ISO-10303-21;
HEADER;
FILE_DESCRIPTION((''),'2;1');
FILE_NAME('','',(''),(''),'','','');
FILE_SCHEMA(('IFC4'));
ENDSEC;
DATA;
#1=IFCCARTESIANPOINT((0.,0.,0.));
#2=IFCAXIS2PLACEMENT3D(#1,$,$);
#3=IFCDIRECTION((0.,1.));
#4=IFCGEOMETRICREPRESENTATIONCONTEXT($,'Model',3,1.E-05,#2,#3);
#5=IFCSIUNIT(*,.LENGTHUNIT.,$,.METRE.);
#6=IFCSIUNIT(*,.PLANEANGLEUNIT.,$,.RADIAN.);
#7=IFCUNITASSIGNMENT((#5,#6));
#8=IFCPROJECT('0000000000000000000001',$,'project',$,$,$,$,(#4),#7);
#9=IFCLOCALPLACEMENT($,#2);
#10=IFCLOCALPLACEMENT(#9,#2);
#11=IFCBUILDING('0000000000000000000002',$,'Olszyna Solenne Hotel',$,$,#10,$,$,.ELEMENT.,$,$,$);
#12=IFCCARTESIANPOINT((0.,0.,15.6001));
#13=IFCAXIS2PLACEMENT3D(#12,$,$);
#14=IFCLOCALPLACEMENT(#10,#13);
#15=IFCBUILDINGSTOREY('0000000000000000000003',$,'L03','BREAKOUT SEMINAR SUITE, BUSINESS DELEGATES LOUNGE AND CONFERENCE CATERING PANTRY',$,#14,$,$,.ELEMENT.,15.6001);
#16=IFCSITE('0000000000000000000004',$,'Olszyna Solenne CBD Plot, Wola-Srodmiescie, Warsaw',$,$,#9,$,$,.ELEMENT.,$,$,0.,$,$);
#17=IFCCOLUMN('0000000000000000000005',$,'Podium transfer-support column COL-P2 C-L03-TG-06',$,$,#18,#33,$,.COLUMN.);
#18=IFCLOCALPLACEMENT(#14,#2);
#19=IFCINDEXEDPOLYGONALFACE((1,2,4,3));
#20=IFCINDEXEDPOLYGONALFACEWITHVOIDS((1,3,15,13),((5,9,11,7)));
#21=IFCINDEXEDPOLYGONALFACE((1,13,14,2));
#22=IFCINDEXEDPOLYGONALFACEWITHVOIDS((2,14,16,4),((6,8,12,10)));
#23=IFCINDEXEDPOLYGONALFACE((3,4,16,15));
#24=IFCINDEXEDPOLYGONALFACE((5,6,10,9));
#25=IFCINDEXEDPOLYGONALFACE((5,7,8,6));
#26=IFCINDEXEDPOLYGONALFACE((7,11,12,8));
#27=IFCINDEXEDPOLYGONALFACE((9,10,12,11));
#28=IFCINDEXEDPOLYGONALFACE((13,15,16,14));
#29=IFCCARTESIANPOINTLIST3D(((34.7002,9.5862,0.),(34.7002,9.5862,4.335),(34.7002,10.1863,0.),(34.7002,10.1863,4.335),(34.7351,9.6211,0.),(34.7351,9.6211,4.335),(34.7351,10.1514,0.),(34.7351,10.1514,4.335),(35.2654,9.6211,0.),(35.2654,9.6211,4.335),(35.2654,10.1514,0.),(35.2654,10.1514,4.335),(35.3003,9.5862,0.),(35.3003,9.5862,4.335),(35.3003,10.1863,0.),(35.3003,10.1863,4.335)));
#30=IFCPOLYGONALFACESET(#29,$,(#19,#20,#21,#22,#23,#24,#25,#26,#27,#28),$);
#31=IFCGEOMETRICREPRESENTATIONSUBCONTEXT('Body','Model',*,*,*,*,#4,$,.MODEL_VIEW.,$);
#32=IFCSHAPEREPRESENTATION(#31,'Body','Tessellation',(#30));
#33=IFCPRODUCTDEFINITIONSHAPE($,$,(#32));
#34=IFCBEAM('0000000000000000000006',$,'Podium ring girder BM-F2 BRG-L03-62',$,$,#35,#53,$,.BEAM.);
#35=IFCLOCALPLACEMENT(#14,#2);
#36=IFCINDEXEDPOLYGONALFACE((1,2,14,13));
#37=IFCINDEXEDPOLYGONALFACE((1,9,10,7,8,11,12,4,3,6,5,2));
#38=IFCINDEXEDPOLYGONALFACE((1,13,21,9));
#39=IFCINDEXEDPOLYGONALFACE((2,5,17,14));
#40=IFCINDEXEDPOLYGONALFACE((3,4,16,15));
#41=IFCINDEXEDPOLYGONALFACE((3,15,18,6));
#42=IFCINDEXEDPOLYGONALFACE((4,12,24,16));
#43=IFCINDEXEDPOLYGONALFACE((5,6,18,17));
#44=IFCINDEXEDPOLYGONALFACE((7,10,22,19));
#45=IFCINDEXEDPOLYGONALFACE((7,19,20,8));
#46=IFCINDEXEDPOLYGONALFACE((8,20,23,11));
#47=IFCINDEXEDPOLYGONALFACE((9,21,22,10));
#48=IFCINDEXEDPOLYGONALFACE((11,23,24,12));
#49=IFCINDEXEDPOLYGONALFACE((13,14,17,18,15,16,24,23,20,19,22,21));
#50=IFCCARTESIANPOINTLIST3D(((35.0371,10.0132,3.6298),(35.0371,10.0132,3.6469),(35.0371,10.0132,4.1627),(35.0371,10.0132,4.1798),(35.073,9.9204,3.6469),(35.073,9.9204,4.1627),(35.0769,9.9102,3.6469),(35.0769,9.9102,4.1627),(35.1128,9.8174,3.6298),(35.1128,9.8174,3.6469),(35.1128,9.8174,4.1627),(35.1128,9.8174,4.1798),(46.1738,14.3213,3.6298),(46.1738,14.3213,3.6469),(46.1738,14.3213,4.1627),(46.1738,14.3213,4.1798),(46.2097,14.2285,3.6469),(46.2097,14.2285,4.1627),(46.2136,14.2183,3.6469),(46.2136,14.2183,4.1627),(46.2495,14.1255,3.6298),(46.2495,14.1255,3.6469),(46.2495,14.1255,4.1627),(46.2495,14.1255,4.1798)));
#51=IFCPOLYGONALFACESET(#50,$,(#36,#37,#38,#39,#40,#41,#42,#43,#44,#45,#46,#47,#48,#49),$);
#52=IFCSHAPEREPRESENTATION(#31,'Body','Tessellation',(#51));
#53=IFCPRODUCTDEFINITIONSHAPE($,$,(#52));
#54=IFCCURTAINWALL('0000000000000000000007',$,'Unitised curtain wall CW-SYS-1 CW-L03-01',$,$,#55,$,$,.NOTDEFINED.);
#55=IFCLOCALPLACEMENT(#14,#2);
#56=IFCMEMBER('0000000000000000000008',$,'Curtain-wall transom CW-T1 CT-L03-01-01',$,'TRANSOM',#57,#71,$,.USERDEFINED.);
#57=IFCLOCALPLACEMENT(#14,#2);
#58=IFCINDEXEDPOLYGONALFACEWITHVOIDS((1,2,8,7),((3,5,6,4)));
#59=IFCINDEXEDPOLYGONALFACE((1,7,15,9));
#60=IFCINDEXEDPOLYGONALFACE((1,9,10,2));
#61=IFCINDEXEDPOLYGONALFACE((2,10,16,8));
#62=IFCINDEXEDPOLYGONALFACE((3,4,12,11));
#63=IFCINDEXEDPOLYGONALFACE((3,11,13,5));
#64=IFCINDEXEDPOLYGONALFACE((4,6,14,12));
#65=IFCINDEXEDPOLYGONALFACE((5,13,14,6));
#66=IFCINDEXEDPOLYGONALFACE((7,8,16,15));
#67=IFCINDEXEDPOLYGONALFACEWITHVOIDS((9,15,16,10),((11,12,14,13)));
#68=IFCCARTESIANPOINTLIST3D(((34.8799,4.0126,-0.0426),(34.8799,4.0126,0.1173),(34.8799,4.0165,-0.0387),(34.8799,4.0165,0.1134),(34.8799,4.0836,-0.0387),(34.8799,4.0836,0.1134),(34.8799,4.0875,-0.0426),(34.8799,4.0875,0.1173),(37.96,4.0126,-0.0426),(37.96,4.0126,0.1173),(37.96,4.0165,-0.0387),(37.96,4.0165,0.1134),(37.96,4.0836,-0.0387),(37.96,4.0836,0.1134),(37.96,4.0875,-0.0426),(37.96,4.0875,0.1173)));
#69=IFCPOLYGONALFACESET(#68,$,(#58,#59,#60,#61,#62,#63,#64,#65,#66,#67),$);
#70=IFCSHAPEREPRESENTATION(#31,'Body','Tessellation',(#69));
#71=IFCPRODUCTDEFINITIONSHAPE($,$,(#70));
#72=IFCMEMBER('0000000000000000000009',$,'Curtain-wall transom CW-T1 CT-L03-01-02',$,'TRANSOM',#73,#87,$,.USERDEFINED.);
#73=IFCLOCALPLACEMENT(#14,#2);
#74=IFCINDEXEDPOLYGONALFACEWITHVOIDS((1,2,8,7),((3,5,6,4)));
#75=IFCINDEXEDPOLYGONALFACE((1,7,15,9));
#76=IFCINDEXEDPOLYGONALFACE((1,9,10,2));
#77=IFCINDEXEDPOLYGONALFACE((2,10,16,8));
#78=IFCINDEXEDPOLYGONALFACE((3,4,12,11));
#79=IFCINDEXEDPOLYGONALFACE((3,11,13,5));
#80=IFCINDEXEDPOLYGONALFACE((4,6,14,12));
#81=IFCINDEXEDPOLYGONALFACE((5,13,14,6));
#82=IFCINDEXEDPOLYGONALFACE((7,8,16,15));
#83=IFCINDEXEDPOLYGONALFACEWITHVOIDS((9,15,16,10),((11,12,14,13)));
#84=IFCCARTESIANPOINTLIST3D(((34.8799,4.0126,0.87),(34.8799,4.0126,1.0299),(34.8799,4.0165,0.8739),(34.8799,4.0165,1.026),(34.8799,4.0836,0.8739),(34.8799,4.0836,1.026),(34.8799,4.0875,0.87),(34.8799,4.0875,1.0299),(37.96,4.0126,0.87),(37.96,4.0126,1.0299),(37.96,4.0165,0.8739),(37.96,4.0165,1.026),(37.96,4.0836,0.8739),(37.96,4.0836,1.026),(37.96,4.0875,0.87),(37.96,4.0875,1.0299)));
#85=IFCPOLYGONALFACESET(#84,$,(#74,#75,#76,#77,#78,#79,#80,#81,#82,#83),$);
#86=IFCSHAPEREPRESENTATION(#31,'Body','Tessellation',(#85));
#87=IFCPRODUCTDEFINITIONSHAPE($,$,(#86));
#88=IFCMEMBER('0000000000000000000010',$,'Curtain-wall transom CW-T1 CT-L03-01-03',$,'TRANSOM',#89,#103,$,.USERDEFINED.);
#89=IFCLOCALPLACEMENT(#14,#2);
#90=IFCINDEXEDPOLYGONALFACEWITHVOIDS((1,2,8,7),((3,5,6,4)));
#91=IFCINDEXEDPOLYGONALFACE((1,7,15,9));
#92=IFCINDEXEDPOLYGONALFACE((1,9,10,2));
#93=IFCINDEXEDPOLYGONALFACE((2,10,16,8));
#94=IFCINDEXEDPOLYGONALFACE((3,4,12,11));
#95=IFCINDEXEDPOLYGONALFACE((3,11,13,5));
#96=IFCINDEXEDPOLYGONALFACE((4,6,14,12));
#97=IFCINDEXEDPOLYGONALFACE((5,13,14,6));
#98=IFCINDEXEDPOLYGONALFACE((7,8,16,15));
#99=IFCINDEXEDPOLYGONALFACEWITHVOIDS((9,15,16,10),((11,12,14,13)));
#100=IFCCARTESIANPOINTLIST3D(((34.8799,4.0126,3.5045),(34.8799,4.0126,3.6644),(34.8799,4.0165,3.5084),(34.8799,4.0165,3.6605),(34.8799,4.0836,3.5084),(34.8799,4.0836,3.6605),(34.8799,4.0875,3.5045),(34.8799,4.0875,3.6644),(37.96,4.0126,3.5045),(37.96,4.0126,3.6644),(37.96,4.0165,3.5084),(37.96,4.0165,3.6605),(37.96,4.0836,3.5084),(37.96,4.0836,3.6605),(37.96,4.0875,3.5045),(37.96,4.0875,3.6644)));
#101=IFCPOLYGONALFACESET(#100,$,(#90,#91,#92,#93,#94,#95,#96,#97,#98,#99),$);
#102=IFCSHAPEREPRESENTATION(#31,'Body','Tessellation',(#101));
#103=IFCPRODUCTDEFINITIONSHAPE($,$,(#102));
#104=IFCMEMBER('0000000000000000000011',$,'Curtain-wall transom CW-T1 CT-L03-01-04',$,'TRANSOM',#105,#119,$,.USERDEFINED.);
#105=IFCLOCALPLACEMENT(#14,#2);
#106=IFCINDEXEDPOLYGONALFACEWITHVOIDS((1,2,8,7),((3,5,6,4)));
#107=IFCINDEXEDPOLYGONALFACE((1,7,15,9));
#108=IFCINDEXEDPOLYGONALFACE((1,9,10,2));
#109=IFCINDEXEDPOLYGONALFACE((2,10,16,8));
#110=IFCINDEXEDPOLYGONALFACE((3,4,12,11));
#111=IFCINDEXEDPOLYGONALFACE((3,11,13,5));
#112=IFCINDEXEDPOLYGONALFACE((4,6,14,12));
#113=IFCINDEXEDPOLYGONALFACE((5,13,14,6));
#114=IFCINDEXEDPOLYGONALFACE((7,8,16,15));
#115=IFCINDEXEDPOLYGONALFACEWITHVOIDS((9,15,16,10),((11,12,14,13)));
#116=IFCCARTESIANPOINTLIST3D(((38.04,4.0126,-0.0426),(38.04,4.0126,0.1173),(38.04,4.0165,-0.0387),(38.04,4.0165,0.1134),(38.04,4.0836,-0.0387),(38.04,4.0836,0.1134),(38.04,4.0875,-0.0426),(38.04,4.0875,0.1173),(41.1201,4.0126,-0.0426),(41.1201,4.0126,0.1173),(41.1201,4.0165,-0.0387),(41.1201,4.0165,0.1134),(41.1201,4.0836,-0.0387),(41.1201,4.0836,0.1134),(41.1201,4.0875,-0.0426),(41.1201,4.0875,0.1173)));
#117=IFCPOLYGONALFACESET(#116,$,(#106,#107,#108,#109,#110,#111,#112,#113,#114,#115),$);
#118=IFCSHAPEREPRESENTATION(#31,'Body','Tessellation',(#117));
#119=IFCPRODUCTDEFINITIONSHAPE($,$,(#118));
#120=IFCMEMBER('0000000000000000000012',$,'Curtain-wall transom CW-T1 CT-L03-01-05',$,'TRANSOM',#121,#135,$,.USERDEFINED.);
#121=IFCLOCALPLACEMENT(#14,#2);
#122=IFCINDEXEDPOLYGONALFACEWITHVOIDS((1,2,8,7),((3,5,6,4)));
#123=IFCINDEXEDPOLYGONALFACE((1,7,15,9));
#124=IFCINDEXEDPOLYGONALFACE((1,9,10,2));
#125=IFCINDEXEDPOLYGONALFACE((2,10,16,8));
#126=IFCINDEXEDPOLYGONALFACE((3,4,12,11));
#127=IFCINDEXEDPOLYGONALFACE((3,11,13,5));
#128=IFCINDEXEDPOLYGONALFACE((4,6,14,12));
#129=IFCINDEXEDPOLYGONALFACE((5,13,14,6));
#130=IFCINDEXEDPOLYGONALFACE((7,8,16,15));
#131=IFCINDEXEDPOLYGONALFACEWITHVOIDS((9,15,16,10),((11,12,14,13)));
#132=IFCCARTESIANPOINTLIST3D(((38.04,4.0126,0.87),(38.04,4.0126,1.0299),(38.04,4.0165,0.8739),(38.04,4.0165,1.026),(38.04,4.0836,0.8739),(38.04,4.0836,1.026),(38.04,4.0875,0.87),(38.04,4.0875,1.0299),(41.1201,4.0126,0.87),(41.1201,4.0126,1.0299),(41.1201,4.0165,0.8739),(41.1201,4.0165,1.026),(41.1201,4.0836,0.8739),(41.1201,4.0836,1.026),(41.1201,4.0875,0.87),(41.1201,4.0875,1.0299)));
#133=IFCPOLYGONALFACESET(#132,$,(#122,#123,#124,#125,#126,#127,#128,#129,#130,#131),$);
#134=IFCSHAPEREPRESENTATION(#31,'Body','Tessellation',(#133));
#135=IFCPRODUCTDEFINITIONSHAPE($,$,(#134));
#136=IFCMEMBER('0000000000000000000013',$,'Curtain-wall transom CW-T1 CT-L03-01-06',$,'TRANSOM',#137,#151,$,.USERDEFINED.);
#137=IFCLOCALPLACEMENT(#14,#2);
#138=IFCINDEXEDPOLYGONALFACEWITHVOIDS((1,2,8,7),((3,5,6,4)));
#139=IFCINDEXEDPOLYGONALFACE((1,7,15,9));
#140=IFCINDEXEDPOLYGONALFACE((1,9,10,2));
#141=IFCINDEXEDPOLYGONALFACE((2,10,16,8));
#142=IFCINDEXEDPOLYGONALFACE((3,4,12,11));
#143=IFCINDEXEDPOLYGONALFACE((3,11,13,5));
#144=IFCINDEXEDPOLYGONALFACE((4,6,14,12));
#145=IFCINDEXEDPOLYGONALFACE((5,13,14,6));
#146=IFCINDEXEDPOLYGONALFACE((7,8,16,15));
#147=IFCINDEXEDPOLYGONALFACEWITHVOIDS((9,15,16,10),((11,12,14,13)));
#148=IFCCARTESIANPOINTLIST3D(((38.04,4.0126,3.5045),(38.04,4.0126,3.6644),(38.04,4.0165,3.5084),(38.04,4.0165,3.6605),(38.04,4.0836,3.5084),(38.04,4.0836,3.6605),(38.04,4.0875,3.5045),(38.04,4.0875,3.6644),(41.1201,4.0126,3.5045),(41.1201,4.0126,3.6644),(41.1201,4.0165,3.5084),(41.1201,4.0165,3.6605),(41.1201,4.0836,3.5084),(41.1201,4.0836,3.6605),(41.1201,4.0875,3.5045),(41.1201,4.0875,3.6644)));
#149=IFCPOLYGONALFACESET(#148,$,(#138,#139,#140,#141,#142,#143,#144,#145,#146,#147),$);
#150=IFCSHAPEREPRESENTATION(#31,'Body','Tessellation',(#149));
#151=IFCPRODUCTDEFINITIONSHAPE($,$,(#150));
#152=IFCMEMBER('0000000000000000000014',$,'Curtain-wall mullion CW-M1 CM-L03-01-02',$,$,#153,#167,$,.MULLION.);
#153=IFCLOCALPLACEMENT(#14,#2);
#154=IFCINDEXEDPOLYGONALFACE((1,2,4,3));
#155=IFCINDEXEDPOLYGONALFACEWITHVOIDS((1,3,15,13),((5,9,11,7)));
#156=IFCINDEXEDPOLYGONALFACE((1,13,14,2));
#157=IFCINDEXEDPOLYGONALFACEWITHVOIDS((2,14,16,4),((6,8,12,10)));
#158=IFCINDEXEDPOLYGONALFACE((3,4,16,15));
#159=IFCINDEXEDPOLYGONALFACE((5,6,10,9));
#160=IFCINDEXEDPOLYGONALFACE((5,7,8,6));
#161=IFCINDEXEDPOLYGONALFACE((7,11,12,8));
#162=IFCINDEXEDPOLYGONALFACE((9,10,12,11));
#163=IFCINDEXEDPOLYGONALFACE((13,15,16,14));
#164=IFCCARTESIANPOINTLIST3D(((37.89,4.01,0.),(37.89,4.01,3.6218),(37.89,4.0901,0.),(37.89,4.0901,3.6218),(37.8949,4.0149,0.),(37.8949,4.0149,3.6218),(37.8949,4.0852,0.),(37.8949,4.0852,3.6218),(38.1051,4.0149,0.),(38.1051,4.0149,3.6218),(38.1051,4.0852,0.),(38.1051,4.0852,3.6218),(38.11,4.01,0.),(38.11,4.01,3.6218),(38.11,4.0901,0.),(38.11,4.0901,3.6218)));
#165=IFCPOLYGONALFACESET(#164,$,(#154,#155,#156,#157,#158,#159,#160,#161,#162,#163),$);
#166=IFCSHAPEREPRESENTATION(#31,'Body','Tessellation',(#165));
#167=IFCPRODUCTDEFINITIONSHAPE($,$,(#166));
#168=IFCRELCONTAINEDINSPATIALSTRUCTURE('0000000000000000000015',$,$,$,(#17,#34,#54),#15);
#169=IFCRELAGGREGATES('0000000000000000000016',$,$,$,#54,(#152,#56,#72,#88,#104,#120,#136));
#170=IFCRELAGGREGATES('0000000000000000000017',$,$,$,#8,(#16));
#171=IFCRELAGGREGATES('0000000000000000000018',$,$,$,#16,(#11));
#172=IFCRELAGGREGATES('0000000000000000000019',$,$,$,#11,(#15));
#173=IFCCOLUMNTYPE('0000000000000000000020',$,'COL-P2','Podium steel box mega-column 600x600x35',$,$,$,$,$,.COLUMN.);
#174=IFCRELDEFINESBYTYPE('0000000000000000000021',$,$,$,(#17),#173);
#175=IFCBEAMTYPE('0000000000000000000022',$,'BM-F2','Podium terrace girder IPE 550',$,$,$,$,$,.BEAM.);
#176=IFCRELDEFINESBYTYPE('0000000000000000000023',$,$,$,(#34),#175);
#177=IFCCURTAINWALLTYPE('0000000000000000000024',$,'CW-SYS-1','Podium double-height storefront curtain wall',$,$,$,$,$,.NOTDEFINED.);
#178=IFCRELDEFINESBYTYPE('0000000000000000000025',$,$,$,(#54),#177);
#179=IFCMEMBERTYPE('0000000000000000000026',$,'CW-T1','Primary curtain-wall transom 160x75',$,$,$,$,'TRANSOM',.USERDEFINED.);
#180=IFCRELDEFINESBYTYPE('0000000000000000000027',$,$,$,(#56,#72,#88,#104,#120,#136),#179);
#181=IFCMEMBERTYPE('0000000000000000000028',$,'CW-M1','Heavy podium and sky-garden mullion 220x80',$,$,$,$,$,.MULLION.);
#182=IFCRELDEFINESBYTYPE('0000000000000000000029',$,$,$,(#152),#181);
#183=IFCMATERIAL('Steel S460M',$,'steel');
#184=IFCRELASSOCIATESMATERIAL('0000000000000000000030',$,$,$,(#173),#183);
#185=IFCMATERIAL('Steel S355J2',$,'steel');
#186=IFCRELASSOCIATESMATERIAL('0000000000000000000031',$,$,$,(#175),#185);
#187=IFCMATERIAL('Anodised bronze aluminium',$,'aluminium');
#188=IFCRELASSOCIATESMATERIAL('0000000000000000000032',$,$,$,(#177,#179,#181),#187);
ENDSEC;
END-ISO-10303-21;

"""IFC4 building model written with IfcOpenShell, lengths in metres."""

from ifc_helpers import new_model, si_unit, direction, frame, origin, origin_2d, place, context, subcontext, project, spatial, hollow_rectangle, i_section, extrude, source, transform, mapped, material, material_profile, profile_set, type_object, element, aggregate, save


model = new_model("IFC4")

# Units and contexts
model_context = context("Model", 3, precision=1e-05, world=origin(), true_north=direction((0.0, 1.0)))
body_context = subcontext(model_context, "Body", "Model", "MODEL_VIEW")
ifc_project = project(units=[si_unit("LENGTHUNIT", "METRE"), si_unit("PLANEANGLEUNIT", "RADIAN")], contexts=[model_context])

# Site, building, storey
site_placement = place(None, origin())
site = spatial("IfcSite", under=ifc_project, at=site_placement, Name="Olszyna Solenne CBD Plot, Wola-Srodmiescie, Warsaw", CompositionType="ELEMENT", RefElevation=0.0)
building_placement = place(site_placement, origin())
building = spatial("IfcBuilding", under=site, at=building_placement, Name="Olszyna Solenne Hotel", CompositionType="ELEMENT")
storey_placement = place(building_placement, frame((0.0, 0.0, 15.6001)))
storey = spatial("IfcBuildingStorey", under=building, at=storey_placement, Name="L03", Description="BREAKOUT SEMINAR SUITE, BUSINESS DELEGATES LOUNGE AND CONFERENCE CATERING PANTRY", CompositionType="ELEMENT", Elevation=15.6001)

# Column
ifc_material_1 = material(Name="Steel S460M", Category="steel")
ifc_material_profile_1 = material_profile(ifc_material_1, hollow_rectangle(XDim=0.6001, YDim=0.6001, WallThickness=0.0349, at=origin_2d()), Name="SHS 600x600x35", Category="load-bearing")
ifc_profile_set_1 = profile_set([ifc_material_profile_1], Name="Steel S460M")
column_type = type_object("IfcColumnType", Name="COL-P2", Description="Podium steel box mega-column 600x600x35", PredefinedType="COLUMN", material=ifc_profile_set_1)
shared_shape_1 = source(origin(), body_context, "Body", "SweptSolid", [
    extrude(hollow_rectangle(XDim=0.6001, YDim=0.6001, WallThickness=0.0349, at=origin_2d()), origin(), (0.0, 0.0, 1.0), 4.335),
])
column_placement = place(storey_placement, frame((35.0002, 9.8862, 0.0), z_axis=(0.0, 0.0, 1.0), x_axis=(1.0, 0.0, 0.0)))
element("IfcColumn", 1, at=column_placement, inside=storey, type_object=column_type, Name="Podium transfer-support column COL-P2 C-L03-TG-06", PredefinedType="COLUMN", context=body_context, shape_type="MappedRepresentation", body=[
    mapped(shared_shape_1, transform((0.0, 0.0, 0.0), x_axis=(1.0, 0.0, 0.0), y_axis=(0.0, 1.0, 0.0), z_axis=(0.0, 0.0, 1.0), scale=1.0)),
])

# Beam
ifc_material_2 = material(Name="Steel S355J2", Category="steel")
ifc_material_profile_2 = material_profile(ifc_material_2, i_section(OverallWidth=0.21, OverallDepth=0.55, WebThickness=0.011, FlangeThickness=0.0171, at=origin_2d()), Name="IPE 550", Category="load-bearing")
ifc_profile_set_2 = profile_set([ifc_material_profile_2], Name="Steel S355J2")
beam_type = type_object("IfcBeamType", Name="BM-F2", Description="Podium terrace girder IPE 550", PredefinedType="BEAM", material=ifc_profile_set_2)
shared_shape_2 = source(origin(), body_context, "Body", "SweptSolid", [
    extrude(i_section(OverallWidth=0.21, OverallDepth=0.55, WebThickness=0.011, FlangeThickness=0.0171, at=origin_2d()), origin(), (0.0, 0.0, 1.0), 11.9409),
])
beam_placement = place(storey_placement, frame((35.075, 9.9153, 3.9048), z_axis=(0.932649, 0.360784, 0.0), x_axis=(-0.360784, 0.932649, 0.0)))
element("IfcBeam", 2, at=beam_placement, inside=storey, type_object=beam_type, Name="Podium ring girder BM-F2 BRG-L03-62", PredefinedType="BEAM", context=body_context, shape_type="MappedRepresentation", body=[
    mapped(shared_shape_2, transform((0.0, 0.0, 0.0), x_axis=(1.0, 0.0, 0.0), y_axis=(0.0, 1.0, 0.0), z_axis=(0.0, 0.0, 1.0), scale=1.0)),
])

# Curtain wall, members
ifc_material_3 = material(Name="Anodised bronze aluminium", Category="aluminium")
curtain_wall_type = type_object("IfcCurtainWallType", Name="CW-SYS-1", Description="Podium double-height storefront curtain wall", PredefinedType="NOTDEFINED", material=ifc_material_3)
curtain_wall_placement = place(storey_placement, origin())
curtain_wall = element("IfcCurtainWall", 3, at=curtain_wall_placement, inside=storey, type_object=curtain_wall_type, Name="Unitised curtain wall CW-SYS-1 CW-L03-01", PredefinedType="NOTDEFINED")
ifc_material_profile_3 = material_profile(ifc_material_3, hollow_rectangle(XDim=0.075, YDim=0.1599, WallThickness=0.0039, at=origin_2d()), Name="TRAN 160x75x4", Category="load-bearing")
ifc_profile_set_3 = profile_set([ifc_material_profile_3], Name="Anodised bronze aluminium")
member_type_1 = type_object("IfcMemberType", Name="CW-T1", Description="Primary curtain-wall transom 160x75", ElementType="TRANSOM", PredefinedType="USERDEFINED", material=ifc_profile_set_3)
shared_shape_3 = source(origin(), body_context, "Body", "SweptSolid", [
    extrude(hollow_rectangle(XDim=0.075, YDim=0.1599, WallThickness=0.0039, at=origin_2d()), origin(), (0.0, 0.0, 1.0), 3.0801),
])
member_1_placement = place(storey_placement, frame((34.8799, 4.05, 0.0374), z_axis=(1.0, 0.0, 0.0), x_axis=(0.0, 1.0, 0.0)))
member_1 = element("IfcMember", 4, at=member_1_placement, type_object=member_type_1, Name="Curtain-wall transom CW-T1 CT-L03-01-01", ObjectType="TRANSOM", PredefinedType="USERDEFINED", context=body_context, shape_type="MappedRepresentation", body=[
    mapped(shared_shape_3, transform((0.0, 0.0, 0.0), x_axis=(1.0, 0.0, 0.0), y_axis=(0.0, 1.0, 0.0), z_axis=(0.0, 0.0, 1.0), scale=1.0)),
])
member_2_placement = place(storey_placement, frame((34.8799, 4.05, 0.95), z_axis=(1.0, 0.0, 0.0), x_axis=(0.0, 1.0, 0.0)))
member_2 = element("IfcMember", 5, at=member_2_placement, type_object=member_type_1, Name="Curtain-wall transom CW-T1 CT-L03-01-02", ObjectType="TRANSOM", PredefinedType="USERDEFINED", context=body_context, shape_type="MappedRepresentation", body=[
    mapped(shared_shape_3, transform((0.0, 0.0, 0.0), x_axis=(1.0, 0.0, 0.0), y_axis=(0.0, 1.0, 0.0), z_axis=(0.0, 0.0, 1.0), scale=1.0)),
])
member_3_placement = place(storey_placement, frame((34.8799, 4.05, 3.5845), z_axis=(1.0, 0.0, 0.0), x_axis=(0.0, 1.0, 0.0)))
member_3 = element("IfcMember", 6, at=member_3_placement, type_object=member_type_1, Name="Curtain-wall transom CW-T1 CT-L03-01-03", ObjectType="TRANSOM", PredefinedType="USERDEFINED", context=body_context, shape_type="MappedRepresentation", body=[
    mapped(shared_shape_3, transform((0.0, 0.0, 0.0), x_axis=(1.0, 0.0, 0.0), y_axis=(0.0, 1.0, 0.0), z_axis=(0.0, 0.0, 1.0), scale=1.0)),
])
member_4_placement = place(storey_placement, frame((38.04, 4.05, 0.0374), z_axis=(1.0, 0.0, 0.0), x_axis=(0.0, 1.0, 0.0)))
member_4 = element("IfcMember", 7, at=member_4_placement, type_object=member_type_1, Name="Curtain-wall transom CW-T1 CT-L03-01-04", ObjectType="TRANSOM", PredefinedType="USERDEFINED", context=body_context, shape_type="MappedRepresentation", body=[
    mapped(shared_shape_3, transform((0.0, 0.0, 0.0), x_axis=(1.0, 0.0, 0.0), y_axis=(0.0, 1.0, 0.0), z_axis=(0.0, 0.0, 1.0), scale=1.0)),
])
member_5_placement = place(storey_placement, frame((38.04, 4.05, 0.95), z_axis=(1.0, 0.0, 0.0), x_axis=(0.0, 1.0, 0.0)))
member_5 = element("IfcMember", 8, at=member_5_placement, type_object=member_type_1, Name="Curtain-wall transom CW-T1 CT-L03-01-05", ObjectType="TRANSOM", PredefinedType="USERDEFINED", context=body_context, shape_type="MappedRepresentation", body=[
    mapped(shared_shape_3, transform((0.0, 0.0, 0.0), x_axis=(1.0, 0.0, 0.0), y_axis=(0.0, 1.0, 0.0), z_axis=(0.0, 0.0, 1.0), scale=1.0)),
])
member_6_placement = place(storey_placement, frame((38.04, 4.05, 3.5845), z_axis=(1.0, 0.0, 0.0), x_axis=(0.0, 1.0, 0.0)))
member_6 = element("IfcMember", 9, at=member_6_placement, type_object=member_type_1, Name="Curtain-wall transom CW-T1 CT-L03-01-06", ObjectType="TRANSOM", PredefinedType="USERDEFINED", context=body_context, shape_type="MappedRepresentation", body=[
    mapped(shared_shape_3, transform((0.0, 0.0, 0.0), x_axis=(1.0, 0.0, 0.0), y_axis=(0.0, 1.0, 0.0), z_axis=(0.0, 0.0, 1.0), scale=1.0)),
])
ifc_material_profile_4 = material_profile(ifc_material_3, hollow_rectangle(XDim=0.0801, YDim=0.22, WallThickness=0.0049, at=origin_2d()), Name="MULL 220x80x5", Category="load-bearing")
ifc_profile_set_4 = profile_set([ifc_material_profile_4], Name="Anodised bronze aluminium")
member_type_2 = type_object("IfcMemberType", Name="CW-M1", Description="Heavy podium and sky-garden mullion 220x80", PredefinedType="MULLION", material=ifc_profile_set_4)
shared_shape_4 = source(origin(), body_context, "Body", "SweptSolid", [
    extrude(hollow_rectangle(XDim=0.0801, YDim=0.22, WallThickness=0.0049, at=origin_2d()), origin(), (0.0, 0.0, 1.0), 3.6218),
])
member_7_placement = place(storey_placement, frame((38.0, 4.05, 0.0), z_axis=(0.0, 0.0, 1.0), x_axis=(0.0, 1.0, 0.0)))
member_7 = element("IfcMember", 10, at=member_7_placement, type_object=member_type_2, Name="Curtain-wall mullion CW-M1 CM-L03-01-02", PredefinedType="MULLION", context=body_context, shape_type="MappedRepresentation", body=[
    mapped(shared_shape_4, transform((0.0, 0.0, 0.0), x_axis=(1.0, 0.0, 0.0), y_axis=(0.0, 1.0, 0.0), z_axis=(0.0, 0.0, 1.0), scale=1.0)),
])
aggregate(curtain_wall, [member_7, member_1, member_2, member_3, member_4, member_5, member_6])

save(model, "model.ifc")
